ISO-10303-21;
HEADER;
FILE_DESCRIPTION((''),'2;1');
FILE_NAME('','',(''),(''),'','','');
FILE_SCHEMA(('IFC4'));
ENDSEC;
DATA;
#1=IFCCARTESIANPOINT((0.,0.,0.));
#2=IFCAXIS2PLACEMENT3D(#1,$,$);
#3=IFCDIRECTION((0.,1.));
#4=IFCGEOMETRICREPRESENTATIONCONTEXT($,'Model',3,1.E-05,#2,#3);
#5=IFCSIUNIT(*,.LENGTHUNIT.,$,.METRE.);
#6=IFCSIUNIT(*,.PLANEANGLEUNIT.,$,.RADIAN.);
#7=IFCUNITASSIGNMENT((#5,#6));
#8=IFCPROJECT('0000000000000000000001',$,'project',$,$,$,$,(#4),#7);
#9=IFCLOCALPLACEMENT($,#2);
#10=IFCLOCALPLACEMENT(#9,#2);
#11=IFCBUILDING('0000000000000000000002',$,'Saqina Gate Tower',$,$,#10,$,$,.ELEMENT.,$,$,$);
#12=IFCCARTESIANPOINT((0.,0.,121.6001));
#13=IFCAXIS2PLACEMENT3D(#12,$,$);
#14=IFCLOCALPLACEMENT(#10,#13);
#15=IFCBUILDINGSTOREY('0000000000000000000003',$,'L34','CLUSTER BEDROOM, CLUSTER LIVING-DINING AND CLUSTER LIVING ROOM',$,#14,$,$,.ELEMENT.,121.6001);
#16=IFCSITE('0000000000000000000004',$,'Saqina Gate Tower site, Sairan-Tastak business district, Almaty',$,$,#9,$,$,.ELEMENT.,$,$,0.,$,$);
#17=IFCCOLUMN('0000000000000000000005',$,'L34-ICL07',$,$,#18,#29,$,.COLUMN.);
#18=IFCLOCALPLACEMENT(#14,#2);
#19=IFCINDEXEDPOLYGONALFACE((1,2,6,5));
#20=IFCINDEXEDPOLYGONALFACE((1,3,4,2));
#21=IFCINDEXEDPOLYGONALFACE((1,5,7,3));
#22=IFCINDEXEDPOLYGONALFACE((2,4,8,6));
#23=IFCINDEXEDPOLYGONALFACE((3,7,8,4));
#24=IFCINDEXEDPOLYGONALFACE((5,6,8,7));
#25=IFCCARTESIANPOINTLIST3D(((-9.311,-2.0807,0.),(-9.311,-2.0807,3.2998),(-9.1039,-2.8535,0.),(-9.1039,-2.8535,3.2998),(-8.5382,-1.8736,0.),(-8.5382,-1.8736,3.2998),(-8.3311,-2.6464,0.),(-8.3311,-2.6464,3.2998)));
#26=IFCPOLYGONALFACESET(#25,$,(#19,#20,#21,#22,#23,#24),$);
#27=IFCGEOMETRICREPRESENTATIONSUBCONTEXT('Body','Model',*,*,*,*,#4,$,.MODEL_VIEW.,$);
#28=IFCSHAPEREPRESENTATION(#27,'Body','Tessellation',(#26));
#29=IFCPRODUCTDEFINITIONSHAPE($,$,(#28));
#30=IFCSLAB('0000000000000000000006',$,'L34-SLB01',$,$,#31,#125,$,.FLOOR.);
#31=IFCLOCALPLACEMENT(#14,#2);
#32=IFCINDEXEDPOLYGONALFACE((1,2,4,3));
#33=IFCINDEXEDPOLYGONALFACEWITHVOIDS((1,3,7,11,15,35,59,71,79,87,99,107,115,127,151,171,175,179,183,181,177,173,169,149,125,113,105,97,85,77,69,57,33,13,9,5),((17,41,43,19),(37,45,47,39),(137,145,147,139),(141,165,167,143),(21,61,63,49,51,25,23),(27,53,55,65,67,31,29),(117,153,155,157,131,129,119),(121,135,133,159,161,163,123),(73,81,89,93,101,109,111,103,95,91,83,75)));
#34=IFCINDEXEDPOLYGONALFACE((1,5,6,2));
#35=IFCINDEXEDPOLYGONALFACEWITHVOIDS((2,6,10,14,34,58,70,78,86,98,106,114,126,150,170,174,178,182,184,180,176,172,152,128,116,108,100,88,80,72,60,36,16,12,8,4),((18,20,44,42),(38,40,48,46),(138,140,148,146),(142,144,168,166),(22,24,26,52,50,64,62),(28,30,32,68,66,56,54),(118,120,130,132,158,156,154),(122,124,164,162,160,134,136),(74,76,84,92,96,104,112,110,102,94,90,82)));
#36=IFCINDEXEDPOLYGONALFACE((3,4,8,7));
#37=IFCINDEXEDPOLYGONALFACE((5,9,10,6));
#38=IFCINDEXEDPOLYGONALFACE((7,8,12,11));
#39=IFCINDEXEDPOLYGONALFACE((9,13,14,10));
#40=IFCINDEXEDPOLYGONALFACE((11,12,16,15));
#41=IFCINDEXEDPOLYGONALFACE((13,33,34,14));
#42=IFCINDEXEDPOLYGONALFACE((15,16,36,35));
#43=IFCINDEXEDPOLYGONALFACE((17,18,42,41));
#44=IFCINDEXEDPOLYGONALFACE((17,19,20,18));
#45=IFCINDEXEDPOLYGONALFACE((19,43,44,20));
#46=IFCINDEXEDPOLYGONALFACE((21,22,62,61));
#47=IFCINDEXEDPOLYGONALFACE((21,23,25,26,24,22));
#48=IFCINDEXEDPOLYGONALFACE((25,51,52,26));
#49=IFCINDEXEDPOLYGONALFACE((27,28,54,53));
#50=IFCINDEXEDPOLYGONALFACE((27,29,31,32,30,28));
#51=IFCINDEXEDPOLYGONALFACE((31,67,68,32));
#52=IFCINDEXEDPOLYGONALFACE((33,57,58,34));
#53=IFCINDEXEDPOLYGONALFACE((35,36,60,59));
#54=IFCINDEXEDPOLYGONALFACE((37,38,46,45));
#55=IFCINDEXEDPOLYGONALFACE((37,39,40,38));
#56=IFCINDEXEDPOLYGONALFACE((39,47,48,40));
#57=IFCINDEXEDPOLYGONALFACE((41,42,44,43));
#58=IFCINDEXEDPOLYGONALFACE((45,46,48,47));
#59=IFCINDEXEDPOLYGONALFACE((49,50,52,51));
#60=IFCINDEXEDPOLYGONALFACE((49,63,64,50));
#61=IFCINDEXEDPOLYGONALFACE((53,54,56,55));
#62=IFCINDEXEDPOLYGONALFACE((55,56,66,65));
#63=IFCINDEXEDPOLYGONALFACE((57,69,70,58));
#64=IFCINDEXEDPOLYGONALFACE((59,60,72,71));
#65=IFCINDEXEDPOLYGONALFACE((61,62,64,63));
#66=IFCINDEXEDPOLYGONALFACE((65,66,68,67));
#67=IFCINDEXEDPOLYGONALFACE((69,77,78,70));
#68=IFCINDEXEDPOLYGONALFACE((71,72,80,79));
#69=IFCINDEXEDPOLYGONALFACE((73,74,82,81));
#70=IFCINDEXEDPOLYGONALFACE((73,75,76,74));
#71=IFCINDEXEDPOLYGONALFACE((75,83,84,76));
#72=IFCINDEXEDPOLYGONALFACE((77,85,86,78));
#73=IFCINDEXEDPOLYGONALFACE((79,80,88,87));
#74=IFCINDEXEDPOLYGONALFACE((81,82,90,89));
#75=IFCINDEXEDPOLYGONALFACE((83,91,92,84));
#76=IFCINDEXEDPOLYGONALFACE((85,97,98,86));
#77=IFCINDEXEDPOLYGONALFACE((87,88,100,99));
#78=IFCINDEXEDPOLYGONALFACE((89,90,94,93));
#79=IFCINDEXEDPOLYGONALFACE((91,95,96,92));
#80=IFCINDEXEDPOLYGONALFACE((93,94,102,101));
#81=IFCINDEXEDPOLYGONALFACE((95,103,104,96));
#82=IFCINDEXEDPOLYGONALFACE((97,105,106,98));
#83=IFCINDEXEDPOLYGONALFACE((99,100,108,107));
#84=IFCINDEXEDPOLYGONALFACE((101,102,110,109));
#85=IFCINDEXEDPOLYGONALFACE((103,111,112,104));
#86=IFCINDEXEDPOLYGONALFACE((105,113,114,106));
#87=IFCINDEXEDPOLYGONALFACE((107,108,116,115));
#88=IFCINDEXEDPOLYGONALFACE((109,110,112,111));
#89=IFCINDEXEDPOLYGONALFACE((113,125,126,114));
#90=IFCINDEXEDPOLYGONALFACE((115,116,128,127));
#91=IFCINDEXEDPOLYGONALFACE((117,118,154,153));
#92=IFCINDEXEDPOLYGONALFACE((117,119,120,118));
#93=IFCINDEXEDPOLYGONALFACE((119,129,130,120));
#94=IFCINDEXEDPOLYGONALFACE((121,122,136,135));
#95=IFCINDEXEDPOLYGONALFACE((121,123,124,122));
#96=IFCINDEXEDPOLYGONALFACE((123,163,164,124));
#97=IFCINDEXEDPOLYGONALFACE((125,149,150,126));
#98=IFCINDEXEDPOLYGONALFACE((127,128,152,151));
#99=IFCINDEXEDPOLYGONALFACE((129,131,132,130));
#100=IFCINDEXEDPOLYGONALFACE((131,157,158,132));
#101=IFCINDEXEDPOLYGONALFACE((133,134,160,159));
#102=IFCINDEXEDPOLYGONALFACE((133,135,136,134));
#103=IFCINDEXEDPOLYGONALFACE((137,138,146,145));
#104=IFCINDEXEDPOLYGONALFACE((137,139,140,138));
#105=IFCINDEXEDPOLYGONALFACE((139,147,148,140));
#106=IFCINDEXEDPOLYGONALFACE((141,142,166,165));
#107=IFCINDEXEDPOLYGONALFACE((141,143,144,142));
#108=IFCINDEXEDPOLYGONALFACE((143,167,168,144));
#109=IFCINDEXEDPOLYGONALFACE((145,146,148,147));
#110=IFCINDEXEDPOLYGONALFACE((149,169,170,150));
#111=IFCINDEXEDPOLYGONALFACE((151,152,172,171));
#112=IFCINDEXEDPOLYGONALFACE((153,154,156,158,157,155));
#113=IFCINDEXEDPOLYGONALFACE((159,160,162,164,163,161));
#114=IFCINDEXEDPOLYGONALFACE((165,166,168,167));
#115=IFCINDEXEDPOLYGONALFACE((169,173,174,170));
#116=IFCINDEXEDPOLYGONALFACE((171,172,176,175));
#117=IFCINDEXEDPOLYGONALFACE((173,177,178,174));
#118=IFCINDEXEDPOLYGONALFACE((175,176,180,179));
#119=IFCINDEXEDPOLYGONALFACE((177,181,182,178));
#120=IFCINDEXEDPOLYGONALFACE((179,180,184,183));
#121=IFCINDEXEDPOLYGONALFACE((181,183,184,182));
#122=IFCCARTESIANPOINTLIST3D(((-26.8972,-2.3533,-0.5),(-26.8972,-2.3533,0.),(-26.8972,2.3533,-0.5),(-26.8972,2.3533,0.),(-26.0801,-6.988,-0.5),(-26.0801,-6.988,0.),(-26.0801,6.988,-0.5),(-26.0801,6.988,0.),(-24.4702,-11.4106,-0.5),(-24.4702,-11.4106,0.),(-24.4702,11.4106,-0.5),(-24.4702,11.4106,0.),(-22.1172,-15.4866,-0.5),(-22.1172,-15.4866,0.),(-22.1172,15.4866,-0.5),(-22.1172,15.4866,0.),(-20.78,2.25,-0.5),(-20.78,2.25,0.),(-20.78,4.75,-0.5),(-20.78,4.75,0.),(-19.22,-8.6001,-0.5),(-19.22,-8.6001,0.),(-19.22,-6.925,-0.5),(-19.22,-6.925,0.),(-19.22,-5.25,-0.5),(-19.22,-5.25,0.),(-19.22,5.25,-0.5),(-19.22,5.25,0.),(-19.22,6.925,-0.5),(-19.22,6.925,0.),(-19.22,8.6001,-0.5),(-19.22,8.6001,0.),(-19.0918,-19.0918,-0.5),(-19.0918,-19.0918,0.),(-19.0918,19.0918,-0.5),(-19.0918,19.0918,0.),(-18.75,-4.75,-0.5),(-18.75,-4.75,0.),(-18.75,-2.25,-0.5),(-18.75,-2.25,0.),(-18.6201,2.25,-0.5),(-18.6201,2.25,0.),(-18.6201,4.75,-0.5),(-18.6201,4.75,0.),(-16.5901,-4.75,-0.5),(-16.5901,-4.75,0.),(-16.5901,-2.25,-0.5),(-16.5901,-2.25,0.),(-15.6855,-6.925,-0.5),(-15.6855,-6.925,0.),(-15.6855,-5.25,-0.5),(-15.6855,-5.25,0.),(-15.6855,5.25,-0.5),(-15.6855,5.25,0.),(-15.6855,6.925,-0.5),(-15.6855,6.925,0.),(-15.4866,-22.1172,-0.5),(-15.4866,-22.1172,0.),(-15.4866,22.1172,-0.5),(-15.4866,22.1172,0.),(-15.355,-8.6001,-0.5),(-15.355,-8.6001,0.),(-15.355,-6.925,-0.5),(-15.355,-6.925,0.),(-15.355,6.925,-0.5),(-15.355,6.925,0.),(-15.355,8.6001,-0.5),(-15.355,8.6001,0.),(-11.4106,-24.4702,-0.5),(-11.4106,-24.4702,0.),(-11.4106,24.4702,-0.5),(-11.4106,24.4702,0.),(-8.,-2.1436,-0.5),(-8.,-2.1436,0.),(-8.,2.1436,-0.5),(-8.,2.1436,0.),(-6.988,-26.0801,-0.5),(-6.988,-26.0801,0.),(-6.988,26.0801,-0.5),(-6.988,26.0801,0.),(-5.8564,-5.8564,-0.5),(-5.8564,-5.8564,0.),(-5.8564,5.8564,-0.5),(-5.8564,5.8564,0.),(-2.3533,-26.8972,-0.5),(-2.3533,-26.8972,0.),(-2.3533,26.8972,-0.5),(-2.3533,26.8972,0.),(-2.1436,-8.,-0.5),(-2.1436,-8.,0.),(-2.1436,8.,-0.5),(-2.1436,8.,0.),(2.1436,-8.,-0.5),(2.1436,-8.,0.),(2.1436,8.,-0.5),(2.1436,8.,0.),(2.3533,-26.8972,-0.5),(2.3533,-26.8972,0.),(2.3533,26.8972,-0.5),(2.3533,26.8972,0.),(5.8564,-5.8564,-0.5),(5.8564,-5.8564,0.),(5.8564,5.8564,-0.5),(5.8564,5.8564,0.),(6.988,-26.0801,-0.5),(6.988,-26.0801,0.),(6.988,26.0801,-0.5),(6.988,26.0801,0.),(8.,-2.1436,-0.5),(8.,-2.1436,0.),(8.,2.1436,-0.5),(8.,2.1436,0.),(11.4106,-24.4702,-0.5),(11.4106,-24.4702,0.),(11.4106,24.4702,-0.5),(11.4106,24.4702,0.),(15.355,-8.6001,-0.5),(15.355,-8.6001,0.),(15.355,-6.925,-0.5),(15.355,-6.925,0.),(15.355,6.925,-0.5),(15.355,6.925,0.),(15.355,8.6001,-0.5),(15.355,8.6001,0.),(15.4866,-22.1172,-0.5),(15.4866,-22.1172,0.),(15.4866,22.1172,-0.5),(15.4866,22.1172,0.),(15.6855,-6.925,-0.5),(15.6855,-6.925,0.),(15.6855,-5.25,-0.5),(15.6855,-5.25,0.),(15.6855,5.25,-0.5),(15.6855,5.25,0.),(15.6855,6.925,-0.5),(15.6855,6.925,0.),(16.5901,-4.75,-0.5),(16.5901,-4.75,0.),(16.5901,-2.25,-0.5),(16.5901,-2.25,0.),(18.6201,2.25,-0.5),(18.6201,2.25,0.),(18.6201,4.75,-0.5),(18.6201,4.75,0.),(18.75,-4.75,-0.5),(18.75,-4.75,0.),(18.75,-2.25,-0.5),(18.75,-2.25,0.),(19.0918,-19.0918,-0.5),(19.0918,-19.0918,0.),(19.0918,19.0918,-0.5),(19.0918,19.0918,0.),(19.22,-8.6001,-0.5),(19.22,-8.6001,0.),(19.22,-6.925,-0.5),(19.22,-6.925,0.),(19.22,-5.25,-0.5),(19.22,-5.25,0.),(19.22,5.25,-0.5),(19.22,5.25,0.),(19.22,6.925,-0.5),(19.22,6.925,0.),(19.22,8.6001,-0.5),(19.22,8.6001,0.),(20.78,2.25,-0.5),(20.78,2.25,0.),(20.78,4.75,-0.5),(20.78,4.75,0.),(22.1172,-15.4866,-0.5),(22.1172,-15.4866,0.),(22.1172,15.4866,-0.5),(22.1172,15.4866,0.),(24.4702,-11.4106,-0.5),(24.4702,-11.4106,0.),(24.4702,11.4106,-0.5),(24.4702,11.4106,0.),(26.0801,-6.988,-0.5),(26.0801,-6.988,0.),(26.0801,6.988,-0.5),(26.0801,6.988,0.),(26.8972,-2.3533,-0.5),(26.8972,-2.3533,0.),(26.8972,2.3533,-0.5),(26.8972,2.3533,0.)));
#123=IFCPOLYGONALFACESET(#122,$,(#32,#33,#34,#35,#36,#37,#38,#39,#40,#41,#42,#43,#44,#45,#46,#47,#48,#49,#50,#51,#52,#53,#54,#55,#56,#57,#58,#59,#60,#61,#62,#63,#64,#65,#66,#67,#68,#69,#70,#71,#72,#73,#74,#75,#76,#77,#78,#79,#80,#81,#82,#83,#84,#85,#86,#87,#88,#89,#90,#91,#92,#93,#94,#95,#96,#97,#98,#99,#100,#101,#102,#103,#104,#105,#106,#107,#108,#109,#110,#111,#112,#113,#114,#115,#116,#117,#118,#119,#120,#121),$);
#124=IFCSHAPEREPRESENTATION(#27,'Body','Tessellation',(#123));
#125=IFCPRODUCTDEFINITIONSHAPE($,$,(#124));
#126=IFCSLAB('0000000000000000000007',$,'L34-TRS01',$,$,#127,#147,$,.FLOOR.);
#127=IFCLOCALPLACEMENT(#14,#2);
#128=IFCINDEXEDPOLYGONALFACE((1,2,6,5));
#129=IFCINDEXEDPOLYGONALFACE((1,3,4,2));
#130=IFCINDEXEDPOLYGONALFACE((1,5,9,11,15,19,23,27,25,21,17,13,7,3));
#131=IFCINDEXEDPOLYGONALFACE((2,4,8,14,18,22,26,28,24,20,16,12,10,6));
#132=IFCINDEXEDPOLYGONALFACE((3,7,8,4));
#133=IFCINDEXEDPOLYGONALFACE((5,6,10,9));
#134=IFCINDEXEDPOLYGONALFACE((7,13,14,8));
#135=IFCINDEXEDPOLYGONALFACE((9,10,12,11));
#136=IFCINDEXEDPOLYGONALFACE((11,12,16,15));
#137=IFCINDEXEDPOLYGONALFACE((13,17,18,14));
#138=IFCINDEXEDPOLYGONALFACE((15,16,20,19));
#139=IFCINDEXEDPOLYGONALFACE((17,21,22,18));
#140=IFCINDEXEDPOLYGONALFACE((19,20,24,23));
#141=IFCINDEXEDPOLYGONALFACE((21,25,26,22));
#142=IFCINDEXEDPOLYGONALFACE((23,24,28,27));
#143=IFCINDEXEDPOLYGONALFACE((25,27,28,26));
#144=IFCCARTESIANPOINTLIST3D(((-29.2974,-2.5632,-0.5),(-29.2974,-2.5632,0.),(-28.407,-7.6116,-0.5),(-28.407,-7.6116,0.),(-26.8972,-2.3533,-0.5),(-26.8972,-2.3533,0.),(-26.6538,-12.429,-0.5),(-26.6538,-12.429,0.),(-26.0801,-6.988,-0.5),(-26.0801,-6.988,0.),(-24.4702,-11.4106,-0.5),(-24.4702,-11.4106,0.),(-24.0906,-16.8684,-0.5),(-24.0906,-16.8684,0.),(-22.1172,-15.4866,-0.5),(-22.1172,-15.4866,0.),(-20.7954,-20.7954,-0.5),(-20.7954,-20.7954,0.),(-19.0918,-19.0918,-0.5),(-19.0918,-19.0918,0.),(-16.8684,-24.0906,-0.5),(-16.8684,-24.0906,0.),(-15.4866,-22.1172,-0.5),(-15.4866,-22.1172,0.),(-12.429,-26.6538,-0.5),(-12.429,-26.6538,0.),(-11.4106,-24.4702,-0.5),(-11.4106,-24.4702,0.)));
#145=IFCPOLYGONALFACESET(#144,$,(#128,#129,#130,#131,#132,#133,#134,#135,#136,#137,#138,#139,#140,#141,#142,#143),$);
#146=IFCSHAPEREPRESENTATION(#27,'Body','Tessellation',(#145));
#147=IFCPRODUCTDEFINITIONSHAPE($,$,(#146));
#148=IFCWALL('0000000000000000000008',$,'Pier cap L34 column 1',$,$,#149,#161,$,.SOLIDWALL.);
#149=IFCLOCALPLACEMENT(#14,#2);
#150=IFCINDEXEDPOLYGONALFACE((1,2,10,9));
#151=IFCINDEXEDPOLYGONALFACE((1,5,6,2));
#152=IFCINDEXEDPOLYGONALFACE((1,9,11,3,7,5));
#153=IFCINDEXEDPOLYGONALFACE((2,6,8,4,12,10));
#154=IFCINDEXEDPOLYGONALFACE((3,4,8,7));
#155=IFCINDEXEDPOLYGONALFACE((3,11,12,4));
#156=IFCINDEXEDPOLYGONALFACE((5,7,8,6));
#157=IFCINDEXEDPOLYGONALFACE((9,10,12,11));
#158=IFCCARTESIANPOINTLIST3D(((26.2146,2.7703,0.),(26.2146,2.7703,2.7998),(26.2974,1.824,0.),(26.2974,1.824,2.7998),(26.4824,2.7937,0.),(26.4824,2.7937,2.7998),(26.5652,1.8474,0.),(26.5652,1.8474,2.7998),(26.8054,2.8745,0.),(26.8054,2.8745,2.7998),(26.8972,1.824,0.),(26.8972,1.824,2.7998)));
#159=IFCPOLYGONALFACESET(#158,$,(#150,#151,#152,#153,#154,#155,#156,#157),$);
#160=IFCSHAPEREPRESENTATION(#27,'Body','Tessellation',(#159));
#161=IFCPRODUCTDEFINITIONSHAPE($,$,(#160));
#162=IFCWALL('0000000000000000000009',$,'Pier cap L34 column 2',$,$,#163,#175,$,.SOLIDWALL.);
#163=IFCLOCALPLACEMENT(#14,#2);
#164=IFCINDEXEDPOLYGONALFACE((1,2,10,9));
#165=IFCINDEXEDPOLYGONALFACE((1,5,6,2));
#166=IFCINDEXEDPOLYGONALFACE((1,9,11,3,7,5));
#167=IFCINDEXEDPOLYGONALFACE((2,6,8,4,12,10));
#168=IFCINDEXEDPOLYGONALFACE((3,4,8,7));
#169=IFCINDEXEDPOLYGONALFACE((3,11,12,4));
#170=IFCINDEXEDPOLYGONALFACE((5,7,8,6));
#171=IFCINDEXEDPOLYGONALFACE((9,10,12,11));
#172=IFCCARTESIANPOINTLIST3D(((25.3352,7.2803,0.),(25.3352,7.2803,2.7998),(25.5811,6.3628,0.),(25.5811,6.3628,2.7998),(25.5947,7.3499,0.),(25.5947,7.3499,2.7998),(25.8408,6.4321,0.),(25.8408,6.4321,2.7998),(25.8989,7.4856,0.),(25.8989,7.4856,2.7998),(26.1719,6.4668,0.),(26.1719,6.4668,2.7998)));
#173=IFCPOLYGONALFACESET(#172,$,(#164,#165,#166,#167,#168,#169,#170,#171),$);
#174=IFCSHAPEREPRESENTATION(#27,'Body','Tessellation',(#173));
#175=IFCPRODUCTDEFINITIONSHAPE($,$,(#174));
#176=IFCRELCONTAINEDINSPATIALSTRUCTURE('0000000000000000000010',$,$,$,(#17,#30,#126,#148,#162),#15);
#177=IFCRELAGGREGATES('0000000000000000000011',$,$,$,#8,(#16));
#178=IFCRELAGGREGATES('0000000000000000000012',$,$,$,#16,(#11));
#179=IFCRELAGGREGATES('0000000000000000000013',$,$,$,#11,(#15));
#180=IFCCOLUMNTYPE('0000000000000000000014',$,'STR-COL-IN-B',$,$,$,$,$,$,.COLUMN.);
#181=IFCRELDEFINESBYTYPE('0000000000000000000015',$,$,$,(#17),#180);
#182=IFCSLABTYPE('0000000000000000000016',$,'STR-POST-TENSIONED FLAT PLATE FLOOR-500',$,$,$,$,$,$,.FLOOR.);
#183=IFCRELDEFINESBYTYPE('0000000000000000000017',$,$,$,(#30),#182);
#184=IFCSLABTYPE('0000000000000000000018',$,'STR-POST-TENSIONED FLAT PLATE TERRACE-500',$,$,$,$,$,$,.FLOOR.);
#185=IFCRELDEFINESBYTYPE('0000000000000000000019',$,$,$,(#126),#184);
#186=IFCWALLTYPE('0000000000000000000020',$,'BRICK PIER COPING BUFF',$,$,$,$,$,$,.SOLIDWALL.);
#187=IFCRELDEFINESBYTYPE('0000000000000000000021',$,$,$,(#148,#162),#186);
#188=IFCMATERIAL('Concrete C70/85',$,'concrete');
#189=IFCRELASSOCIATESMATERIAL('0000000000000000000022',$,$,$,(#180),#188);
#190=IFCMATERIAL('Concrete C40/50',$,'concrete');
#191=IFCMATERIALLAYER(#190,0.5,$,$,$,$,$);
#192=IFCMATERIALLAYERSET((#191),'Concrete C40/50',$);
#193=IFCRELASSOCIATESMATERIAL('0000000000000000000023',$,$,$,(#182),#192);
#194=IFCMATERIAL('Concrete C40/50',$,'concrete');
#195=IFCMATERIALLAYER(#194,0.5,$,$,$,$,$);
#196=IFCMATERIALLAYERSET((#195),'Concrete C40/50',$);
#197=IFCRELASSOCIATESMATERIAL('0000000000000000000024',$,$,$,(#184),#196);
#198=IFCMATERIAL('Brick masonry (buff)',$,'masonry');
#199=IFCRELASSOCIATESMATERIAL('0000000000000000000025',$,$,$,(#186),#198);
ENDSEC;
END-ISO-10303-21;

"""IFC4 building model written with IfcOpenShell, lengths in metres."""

from ifc_helpers import new_model, si_unit, direction, frame, origin, origin_2d, place, context, subcontext, project, spatial, polyline, rectangle, outline, extrude, material, layer, layer_set, material_profile, profile_set, type_object, element, save


model = new_model("IFC4")

# Units and contexts
model_context = context("Model", 3, precision=1e-05, world=origin(), true_north=direction((0.0, 1.0)))
body_context = subcontext(model_context, "Body", "Model", "MODEL_VIEW")
ifc_project = project(units=[si_unit("LENGTHUNIT", "METRE"), si_unit("PLANEANGLEUNIT", "RADIAN")], contexts=[model_context])

# Site, building, storey
site_placement = place(None, origin())
site = spatial("IfcSite", under=ifc_project, at=site_placement, Name="Saqina Gate Tower site, Sairan-Tastak business district, Almaty", CompositionType="ELEMENT", RefElevation=0.0)
building_placement = place(site_placement, origin())
building = spatial("IfcBuilding", under=site, at=building_placement, Name="Saqina Gate Tower", CompositionType="ELEMENT")
storey_placement = place(building_placement, frame((0.0, 0.0, 121.6001)))
storey = spatial("IfcBuildingStorey", under=building, at=storey_placement, Name="L34", Description="CLUSTER BEDROOM, CLUSTER LIVING-DINING AND CLUSTER LIVING ROOM", CompositionType="ELEMENT", Elevation=121.6001)

# Column
ifc_material_1 = material(Name="Concrete C70/85", Category="concrete")
ifc_material_profile = material_profile(ifc_material_1, rectangle(XDim=0.8, YDim=0.8, at=origin_2d()), Name="RC 800x800")
ifc_profile_set = profile_set([ifc_material_profile], Name="Concrete C70/85")
column_type = type_object("IfcColumnType", Name="STR-COL-IN-B", PredefinedType="COLUMN", material=ifc_profile_set)
column_placement = place(storey_placement, frame((-8.821, -2.3635, 0.0), z_axis=(0.0, 0.0, 1.0), x_axis=(-0.965926, -0.258819, 0.0)))
element("IfcColumn", 1, at=column_placement, inside=storey, type_object=column_type, Name="L34-ICL07", PredefinedType="COLUMN", context=body_context, shape_type="SweptSolid", body=[
    extrude(rectangle(XDim=0.8, YDim=0.8, at=origin_2d()), origin(), (0.0, 0.0, 1.0), 3.2998),
])

# Slabs
ifc_material_2 = material(Name="Concrete C40/50", Category="concrete")
ifc_layer_1 = layer(ifc_material_2, 0.5)
ifc_layer_set_1 = layer_set([ifc_layer_1], Name="Concrete C40/50")
slab_type_1 = type_object("IfcSlabType", Name="STR-POST-TENSIONED FLAT PLATE FLOOR-500", PredefinedType="FLOOR", material=ifc_layer_set_1)
slab_1_placement = place(storey_placement, frame((0.0, 0.0, -0.5)))
element("IfcSlab", 2, at=slab_1_placement, inside=storey, type_object=slab_type_1, Name="L34-SLB01", PredefinedType="FLOOR", context=body_context, shape_type="SweptSolid", body=[
    extrude(outline(polyline([(26.0801, -6.988), (26.8972, -2.3533), (26.8972, 2.3533), (26.0801, 6.988), (24.4702, 11.4106), (22.1172, 15.4866), (19.0918, 19.0918), (15.4866, 22.1172), (11.4106, 24.4702), (6.988, 26.0801), (2.3533, 26.8972), (-2.3533, 26.8972), (-6.988, 26.0801), (-11.4106, 24.4702), (-15.4866, 22.1172), (-19.0918, 19.0918), (-22.1172, 15.4866), (-24.4702, 11.4106), (-26.0801, 6.988), (-26.8972, 2.3533), (-26.8972, -2.3533), (-26.0801, -6.988), (-24.4702, -11.4106), (-22.1172, -15.4866), (-19.0918, -19.0918), (-15.4866, -22.1172), (-11.4106, -24.4702), (-6.988, -26.0801), (-2.3533, -26.8972), (2.3533, -26.8972), (6.988, -26.0801), (11.4106, -24.4702), (15.4866, -22.1172), (19.0918, -19.0918), (22.1172, -15.4866), (24.4702, -11.4106), (26.0801, -6.988)]), holes=[polyline([(2.1436, 8.0), (5.8564, 5.8564), (8.0, 2.1436), (8.0, -2.1436), (5.8564, -5.8564), (2.1436, -8.0), (-2.1436, -8.0), (-5.8564, -5.8564), (-8.0, -2.1436), (-8.0, 2.1436), (-5.8564, 5.8564), (-2.1436, 8.0), (2.1436, 8.0)]), polyline([(-15.355, -8.6001), (-19.22, -8.6001), (-19.22, -6.925), (-19.22, -5.25), (-15.6855, -5.25), (-15.6855, -6.925), (-15.355, -6.925), (-15.355, -8.6001)]), polyline([(-16.5901, -2.25), (-16.5901, -4.75), (-18.75, -4.75), (-18.75, -2.25), (-16.5901, -2.25)]), polyline([(-20.78, 4.75), (-18.6201, 4.75), (-18.6201, 2.25), (-20.78, 2.25), (-20.78, 4.75)]), polyline([(-19.22, 6.925), (-19.22, 8.6001), (-15.355, 8.6001), (-15.355, 6.925), (-15.6855, 6.925), (-15.6855, 5.25), (-19.22, 5.25), (-19.22, 6.925)]), polyline([(15.355, -8.6001), (15.355, -6.925), (15.6855, -6.925), (15.6855, -5.25), (19.22, -5.25), (19.22, -6.925), (19.22, -8.6001), (15.355, -8.6001)]), polyline([(18.75, -2.25), (18.75, -4.75), (16.5901, -4.75), (16.5901, -2.25), (18.75, -2.25)]), polyline([(18.6201, 4.75), (20.78, 4.75), (20.78, 2.25), (18.6201, 2.25), (18.6201, 4.75)]), polyline([(15.6855, 6.925), (15.355, 6.925), (15.355, 8.6001), (19.22, 8.6001), (19.22, 6.925), (19.22, 5.25), (15.6855, 5.25), (15.6855, 6.925)])]), origin(), (0.0, 0.0, 1.0), 0.5),
])
ifc_material_3 = material(Name="Concrete C40/50", Category="concrete")
ifc_layer_2 = layer(ifc_material_3, 0.5)
ifc_layer_set_2 = layer_set([ifc_layer_2], Name="Concrete C40/50")
slab_type_2 = type_object("IfcSlabType", Name="STR-POST-TENSIONED FLAT PLATE TERRACE-500", PredefinedType="FLOOR", material=ifc_layer_set_2)
slab_2_placement = place(storey_placement, frame((0.0, 0.0, -0.5)))
element("IfcSlab", 3, at=slab_2_placement, inside=storey, type_object=slab_type_2, Name="L34-TRS01", PredefinedType="FLOOR", context=body_context, shape_type="SweptSolid", body=[
    extrude(outline(polyline([(-26.8972, -2.3533), (-26.0801, -6.988), (-24.4702, -11.4106), (-22.1172, -15.4866), (-19.0918, -19.0918), (-15.4866, -22.1172), (-11.4106, -24.4702), (-12.429, -26.6538), (-16.8684, -24.0906), (-20.7954, -20.7954), (-24.0906, -16.8684), (-26.6538, -12.429), (-28.407, -7.6116), (-29.2974, -2.5632), (-26.8972, -2.3533)])), origin(), (0.0, 0.0, 1.0), 0.5),
])

# Walls
ifc_material_4 = material(Name="Brick masonry (buff)", Category="masonry")
wall_type_1 = type_object("IfcWallType", Name="BRICK PIER COPING BUFF", PredefinedType="SOLIDWALL", material=ifc_material_4)
wall_1_placement = place(storey_placement, origin())
element("IfcWall", 4, at=wall_1_placement, inside=storey, type_object=wall_type_1, Name="Pier cap L34 column 1", PredefinedType="SOLIDWALL", context=body_context, shape_type="SweptSolid", body=[
    extrude(outline(polyline([(26.8054, 2.8745), (26.2146, 2.7703), (26.4824, 2.7937), (26.5652, 1.8474), (26.2974, 1.824), (26.8972, 1.824), (26.8054, 2.8745)])), origin(), (0.0, 0.0, 1.0), 2.7998),
])
wall_2_placement = place(storey_placement, origin())
element("IfcWall", 5, at=wall_2_placement, inside=storey, type_object=wall_type_1, Name="Pier cap L34 column 2", PredefinedType="SOLIDWALL", context=body_context, shape_type="SweptSolid", body=[
    extrude(outline(polyline([(26.1719, 6.4668), (25.8989, 7.4856), (25.3352, 7.2803), (25.5947, 7.3499), (25.8408, 6.4321), (25.5811, 6.3628), (26.1719, 6.4668)])), origin(), (0.0, 0.0, 1.0), 2.7998),
])

save(model, "model.ifc")
